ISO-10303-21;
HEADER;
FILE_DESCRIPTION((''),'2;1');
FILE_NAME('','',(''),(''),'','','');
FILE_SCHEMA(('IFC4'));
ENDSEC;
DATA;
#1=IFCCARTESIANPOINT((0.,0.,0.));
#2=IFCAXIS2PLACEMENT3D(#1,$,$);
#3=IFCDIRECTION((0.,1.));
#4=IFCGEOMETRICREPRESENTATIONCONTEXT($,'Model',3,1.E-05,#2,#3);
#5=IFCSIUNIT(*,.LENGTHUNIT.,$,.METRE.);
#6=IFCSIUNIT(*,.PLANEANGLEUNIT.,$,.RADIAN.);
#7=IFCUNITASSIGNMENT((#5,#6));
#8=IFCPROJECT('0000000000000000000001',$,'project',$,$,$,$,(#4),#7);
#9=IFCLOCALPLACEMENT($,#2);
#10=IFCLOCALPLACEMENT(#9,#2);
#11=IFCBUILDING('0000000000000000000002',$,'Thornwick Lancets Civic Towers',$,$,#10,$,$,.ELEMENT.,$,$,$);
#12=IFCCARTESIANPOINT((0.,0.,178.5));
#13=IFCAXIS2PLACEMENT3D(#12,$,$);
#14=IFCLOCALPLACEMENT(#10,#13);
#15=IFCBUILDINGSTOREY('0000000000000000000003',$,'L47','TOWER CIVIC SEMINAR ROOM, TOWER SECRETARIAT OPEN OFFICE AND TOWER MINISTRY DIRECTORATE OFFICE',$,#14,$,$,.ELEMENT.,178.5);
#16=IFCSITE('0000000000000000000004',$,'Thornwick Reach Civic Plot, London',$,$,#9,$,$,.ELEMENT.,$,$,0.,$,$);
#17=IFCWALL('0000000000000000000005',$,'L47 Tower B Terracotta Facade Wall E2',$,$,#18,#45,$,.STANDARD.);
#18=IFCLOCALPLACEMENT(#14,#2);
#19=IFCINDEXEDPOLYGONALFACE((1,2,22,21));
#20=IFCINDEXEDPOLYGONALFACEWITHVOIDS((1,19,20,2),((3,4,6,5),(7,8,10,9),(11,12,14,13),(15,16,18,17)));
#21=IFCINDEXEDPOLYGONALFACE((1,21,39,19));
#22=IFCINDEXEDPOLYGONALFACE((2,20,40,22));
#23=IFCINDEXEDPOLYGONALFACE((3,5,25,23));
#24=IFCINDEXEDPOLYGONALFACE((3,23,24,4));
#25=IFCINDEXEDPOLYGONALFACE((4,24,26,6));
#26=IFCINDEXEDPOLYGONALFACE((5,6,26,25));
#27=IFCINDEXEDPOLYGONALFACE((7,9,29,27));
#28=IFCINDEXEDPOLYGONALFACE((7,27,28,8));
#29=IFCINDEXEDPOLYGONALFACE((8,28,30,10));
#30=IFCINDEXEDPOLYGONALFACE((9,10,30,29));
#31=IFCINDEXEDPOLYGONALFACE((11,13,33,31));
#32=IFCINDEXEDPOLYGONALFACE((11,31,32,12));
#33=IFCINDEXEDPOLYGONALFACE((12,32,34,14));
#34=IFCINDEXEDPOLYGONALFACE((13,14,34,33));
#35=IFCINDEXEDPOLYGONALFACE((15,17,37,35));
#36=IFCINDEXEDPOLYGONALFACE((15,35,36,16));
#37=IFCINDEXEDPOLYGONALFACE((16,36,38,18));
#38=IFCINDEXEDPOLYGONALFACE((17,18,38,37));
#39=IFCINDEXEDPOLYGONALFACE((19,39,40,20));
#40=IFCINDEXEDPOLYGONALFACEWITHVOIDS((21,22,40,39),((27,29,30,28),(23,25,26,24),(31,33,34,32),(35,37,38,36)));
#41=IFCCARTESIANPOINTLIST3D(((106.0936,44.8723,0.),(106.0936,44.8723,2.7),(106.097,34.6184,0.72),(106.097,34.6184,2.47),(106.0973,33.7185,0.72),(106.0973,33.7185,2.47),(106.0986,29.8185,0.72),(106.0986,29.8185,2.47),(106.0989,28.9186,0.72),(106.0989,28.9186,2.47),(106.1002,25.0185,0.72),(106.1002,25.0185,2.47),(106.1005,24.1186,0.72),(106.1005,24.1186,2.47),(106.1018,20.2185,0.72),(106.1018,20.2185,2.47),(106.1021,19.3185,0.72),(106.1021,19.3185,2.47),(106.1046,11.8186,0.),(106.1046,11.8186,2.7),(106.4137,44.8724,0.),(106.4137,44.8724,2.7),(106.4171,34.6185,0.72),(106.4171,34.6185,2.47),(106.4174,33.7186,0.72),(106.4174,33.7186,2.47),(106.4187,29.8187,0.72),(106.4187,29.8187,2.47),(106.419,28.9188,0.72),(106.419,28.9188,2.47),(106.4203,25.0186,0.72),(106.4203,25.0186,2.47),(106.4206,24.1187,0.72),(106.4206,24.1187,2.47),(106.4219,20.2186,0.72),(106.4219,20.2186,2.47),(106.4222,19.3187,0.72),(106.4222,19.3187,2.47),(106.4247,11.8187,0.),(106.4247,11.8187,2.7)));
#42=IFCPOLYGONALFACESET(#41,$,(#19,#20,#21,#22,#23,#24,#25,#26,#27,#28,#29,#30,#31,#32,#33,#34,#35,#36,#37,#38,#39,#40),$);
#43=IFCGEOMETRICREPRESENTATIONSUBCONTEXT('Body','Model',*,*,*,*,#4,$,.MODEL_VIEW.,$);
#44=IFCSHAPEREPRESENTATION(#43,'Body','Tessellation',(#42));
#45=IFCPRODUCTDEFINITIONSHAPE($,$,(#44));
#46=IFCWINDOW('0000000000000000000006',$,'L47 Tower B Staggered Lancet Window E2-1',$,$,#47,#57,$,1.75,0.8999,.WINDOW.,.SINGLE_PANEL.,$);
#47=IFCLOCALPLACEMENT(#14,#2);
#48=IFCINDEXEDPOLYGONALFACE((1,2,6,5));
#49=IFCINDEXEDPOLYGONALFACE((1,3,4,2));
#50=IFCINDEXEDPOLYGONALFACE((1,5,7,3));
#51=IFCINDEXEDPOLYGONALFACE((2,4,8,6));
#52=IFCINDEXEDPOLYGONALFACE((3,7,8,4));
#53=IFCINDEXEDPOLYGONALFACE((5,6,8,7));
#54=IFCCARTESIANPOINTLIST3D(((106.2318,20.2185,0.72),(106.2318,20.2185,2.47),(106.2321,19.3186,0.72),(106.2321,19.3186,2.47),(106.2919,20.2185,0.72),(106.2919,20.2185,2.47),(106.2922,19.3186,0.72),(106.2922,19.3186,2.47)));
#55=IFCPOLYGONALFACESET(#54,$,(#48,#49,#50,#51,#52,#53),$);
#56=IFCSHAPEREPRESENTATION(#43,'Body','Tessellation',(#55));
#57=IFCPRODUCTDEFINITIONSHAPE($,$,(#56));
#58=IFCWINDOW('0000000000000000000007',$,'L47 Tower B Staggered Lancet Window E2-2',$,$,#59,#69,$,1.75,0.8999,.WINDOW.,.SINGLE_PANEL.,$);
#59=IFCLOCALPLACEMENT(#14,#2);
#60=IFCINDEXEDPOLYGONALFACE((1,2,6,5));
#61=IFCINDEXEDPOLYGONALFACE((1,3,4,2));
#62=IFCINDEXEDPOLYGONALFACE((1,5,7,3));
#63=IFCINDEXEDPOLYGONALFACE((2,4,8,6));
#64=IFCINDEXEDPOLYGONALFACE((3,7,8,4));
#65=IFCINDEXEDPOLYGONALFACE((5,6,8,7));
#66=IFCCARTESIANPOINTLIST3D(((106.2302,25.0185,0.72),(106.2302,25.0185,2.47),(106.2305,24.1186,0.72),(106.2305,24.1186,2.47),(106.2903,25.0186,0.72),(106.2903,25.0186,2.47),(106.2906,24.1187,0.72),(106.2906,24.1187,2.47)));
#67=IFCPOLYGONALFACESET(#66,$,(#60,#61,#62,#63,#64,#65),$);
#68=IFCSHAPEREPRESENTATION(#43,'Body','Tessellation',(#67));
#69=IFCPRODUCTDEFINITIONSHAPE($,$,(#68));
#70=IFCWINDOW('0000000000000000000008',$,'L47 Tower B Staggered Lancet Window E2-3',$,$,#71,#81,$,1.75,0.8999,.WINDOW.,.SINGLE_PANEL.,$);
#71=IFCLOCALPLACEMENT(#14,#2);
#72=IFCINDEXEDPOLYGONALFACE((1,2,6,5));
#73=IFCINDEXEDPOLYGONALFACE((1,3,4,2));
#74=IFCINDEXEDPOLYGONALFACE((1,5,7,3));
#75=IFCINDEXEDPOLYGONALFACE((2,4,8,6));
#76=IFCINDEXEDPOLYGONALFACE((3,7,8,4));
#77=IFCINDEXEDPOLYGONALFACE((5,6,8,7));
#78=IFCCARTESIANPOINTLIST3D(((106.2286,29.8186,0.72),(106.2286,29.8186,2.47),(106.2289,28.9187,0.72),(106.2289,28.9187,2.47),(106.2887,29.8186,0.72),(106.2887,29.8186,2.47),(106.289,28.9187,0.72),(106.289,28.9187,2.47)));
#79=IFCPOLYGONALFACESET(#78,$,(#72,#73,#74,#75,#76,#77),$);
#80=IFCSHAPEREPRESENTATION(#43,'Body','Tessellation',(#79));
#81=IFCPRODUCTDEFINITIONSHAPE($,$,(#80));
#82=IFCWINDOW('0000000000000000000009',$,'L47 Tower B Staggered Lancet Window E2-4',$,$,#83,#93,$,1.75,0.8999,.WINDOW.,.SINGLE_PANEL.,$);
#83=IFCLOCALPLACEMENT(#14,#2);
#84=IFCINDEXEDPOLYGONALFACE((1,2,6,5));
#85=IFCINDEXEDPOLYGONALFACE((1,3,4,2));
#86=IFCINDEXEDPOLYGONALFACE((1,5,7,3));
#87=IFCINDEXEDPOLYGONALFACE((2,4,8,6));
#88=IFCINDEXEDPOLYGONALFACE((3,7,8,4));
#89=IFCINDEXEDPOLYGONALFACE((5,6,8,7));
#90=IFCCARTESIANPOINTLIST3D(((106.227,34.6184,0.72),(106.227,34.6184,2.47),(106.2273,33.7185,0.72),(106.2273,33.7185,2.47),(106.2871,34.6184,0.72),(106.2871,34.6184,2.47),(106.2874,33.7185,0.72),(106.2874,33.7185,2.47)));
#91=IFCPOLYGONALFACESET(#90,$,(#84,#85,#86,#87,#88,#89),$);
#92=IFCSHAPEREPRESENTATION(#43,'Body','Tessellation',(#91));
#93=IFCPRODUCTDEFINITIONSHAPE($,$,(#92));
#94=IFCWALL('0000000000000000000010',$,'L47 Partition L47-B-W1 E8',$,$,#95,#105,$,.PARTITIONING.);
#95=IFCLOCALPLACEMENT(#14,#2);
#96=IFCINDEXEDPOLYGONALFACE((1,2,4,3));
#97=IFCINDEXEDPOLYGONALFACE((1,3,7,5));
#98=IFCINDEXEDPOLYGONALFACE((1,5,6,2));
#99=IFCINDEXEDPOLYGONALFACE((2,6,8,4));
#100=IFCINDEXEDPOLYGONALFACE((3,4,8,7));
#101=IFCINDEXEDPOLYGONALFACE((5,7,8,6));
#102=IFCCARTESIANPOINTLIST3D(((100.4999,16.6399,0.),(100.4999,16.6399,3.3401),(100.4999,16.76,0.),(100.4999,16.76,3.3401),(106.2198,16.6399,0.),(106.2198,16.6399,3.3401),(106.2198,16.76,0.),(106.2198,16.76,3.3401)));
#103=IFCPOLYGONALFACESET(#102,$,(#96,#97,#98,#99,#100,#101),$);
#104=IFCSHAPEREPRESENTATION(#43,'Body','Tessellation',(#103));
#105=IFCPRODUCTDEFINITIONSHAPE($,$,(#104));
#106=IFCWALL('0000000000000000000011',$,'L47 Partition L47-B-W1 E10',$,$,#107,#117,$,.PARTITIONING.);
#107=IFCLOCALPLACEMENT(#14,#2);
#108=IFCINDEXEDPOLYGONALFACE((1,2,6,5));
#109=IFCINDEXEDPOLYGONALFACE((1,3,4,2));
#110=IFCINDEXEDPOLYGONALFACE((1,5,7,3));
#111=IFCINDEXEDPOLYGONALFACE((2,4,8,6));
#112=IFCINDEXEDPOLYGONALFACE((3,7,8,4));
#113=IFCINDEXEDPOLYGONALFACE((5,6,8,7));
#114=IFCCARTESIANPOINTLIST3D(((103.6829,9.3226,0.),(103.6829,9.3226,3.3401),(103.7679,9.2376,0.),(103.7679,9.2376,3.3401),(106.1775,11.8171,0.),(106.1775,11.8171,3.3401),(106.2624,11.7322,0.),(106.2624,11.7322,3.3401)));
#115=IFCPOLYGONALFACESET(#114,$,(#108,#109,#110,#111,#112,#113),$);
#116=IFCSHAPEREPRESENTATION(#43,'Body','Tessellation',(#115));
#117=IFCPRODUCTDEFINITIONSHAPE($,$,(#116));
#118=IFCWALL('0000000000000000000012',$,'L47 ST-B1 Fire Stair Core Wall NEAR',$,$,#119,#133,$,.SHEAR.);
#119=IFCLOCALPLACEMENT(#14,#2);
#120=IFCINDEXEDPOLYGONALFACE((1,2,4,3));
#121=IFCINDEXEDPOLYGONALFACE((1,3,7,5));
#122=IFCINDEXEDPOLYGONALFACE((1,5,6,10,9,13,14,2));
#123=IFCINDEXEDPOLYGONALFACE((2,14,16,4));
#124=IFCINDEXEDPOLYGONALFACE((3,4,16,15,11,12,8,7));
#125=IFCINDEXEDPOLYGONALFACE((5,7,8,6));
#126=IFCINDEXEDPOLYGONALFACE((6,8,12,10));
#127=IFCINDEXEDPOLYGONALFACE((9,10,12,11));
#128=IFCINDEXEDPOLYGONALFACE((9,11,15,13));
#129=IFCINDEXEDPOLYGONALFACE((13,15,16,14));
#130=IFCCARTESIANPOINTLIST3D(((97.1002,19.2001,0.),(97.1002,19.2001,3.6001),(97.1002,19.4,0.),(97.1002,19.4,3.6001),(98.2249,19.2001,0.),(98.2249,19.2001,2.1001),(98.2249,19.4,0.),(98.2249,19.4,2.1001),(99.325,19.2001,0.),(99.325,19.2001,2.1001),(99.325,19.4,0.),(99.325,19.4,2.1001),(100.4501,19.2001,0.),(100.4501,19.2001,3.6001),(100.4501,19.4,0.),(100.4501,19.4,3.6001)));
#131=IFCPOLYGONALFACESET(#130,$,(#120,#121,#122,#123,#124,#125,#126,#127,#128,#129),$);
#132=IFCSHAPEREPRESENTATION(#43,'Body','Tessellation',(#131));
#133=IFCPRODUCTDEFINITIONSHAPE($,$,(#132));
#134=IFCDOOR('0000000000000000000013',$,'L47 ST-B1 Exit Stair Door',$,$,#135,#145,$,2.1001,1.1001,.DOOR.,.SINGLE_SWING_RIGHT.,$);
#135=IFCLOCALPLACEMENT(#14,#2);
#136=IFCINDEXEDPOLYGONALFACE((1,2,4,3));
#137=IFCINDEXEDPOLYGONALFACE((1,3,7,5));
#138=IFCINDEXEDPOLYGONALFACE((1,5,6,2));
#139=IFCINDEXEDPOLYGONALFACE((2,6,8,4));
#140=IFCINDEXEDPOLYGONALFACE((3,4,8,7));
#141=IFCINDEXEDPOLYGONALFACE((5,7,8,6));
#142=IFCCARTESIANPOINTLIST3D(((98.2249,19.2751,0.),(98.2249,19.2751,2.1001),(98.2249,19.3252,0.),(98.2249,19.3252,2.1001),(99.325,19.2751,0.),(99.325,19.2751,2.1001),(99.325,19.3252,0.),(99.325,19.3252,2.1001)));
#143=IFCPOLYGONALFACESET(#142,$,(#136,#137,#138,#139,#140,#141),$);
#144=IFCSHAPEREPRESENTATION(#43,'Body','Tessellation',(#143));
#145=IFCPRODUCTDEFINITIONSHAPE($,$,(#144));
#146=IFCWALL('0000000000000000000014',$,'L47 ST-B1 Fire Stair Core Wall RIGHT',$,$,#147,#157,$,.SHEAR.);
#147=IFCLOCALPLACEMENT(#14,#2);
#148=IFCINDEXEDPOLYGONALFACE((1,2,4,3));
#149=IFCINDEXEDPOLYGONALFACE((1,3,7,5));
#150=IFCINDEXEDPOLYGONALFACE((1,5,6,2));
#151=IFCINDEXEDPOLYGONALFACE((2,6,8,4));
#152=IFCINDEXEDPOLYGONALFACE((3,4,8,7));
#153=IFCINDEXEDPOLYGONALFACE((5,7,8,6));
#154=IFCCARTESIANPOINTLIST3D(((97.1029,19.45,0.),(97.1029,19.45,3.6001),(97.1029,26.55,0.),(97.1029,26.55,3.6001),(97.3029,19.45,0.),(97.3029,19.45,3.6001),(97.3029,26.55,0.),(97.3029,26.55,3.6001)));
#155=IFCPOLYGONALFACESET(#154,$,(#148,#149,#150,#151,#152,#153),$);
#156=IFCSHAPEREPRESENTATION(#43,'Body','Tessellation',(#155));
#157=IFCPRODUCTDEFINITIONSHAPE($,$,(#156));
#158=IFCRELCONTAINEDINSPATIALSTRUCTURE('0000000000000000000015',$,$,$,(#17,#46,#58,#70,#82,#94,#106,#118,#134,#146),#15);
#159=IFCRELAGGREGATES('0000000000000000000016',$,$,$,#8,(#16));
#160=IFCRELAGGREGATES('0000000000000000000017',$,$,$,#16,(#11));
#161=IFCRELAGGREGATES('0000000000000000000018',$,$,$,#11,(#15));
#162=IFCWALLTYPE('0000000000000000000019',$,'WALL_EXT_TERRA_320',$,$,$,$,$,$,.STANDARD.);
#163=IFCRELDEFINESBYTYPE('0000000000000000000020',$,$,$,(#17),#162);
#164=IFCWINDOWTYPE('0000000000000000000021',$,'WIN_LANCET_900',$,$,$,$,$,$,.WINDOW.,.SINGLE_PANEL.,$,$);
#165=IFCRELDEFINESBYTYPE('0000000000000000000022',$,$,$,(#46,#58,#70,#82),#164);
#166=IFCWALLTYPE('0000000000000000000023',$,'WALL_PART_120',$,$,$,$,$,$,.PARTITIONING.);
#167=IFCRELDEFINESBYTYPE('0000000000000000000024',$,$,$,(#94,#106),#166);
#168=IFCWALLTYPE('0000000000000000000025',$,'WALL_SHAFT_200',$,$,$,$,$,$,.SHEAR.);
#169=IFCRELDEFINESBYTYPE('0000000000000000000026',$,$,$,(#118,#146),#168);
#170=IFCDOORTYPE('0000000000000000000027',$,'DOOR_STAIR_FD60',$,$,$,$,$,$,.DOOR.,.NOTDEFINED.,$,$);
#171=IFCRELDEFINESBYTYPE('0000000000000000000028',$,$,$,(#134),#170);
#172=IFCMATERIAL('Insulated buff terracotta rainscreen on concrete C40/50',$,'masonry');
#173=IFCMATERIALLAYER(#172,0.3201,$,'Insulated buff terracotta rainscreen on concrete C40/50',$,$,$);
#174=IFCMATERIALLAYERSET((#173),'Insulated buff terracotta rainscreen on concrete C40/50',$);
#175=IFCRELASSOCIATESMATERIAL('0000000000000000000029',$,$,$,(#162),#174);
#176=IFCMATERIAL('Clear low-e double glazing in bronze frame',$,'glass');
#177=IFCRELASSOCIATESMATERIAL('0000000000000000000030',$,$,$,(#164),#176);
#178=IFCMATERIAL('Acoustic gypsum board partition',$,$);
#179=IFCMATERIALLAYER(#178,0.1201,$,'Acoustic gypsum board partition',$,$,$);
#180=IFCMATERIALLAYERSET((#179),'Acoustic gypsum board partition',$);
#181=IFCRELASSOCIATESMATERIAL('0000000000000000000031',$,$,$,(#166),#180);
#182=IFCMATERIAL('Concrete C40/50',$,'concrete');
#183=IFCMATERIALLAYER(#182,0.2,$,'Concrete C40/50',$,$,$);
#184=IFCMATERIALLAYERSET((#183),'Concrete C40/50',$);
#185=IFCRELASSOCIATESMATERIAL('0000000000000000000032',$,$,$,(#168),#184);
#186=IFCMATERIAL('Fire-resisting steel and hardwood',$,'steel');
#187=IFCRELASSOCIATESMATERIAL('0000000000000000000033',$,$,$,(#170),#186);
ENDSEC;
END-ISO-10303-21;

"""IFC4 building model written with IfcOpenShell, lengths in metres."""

from ifc_helpers import new_model, si_unit, direction, frame, frame_2d, origin, place, context, subcontext, project, spatial, rectangle, extrude, material, layer, layer_set, type_object, element, fill, save


model = new_model("IFC4")

# Units and contexts
model_context = context("Model", 3, precision=1e-05, world=origin(), true_north=direction((0.0, 1.0)))
body_context = subcontext(model_context, "Body", "Model", "MODEL_VIEW")
ifc_project = project(units=[si_unit("LENGTHUNIT", "METRE"), si_unit("PLANEANGLEUNIT", "RADIAN")], contexts=[model_context])

# Site, building, storey
site_placement = place(None, origin())
site = spatial("IfcSite", under=ifc_project, at=site_placement, Name="Thornwick Reach Civic Plot, London", CompositionType="ELEMENT", RefElevation=0.0)
building_placement = place(site_placement, origin())
building = spatial("IfcBuilding", under=site, at=building_placement, Name="Thornwick Lancets Civic Towers", CompositionType="ELEMENT")
storey_placement = place(building_placement, frame((0.0, 0.0, 178.5)))
storey = spatial("IfcBuildingStorey", under=building, at=storey_placement, Name="L47", Description="TOWER CIVIC SEMINAR ROOM, TOWER SECRETARIAT OPEN OFFICE AND TOWER MINISTRY DIRECTORATE OFFICE", CompositionType="ELEMENT", Elevation=178.5)

# Shared definitions
ifc_material_1 = material(Name="Concrete C40/50", Category="concrete")

# Wall, openings, windows
ifc_material_2 = material(Name="Insulated buff terracotta rainscreen on concrete C40/50", Category="masonry")
ifc_layer_1 = layer(ifc_material_2, 0.3201, Name="Insulated buff terracotta rainscreen on concrete C40/50")
ifc_layer_set_1 = layer_set([ifc_layer_1], Name="Insulated buff terracotta rainscreen on concrete C40/50")
wall_type_1 = type_object("IfcWallType", Name="WALL_EXT_TERRA_320", PredefinedType="STANDARD", material=ifc_layer_set_1)
wall_1_placement = place(storey_placement, frame((106.2646, 11.8186, 0.0), z_axis=(0.0, 0.0, 1.0), x_axis=(-0.000332, 1.0, 0.0)))
wall_1 = element("IfcWall", 1, at=wall_1_placement, inside=storey, type_object=wall_type_1, Name="L47 Tower B Terracotta Facade Wall E2", PredefinedType="STANDARD", context=body_context, shape_type="SweptSolid", body=[
    extrude(rectangle(XDim=33.0537, YDim=0.3201, at=frame_2d((16.5269, 0.0))), origin(), (0.0, 0.0, 1.0), 2.7),
])
opening_1_placement = place(wall_1_placement, frame((7.5, 0.0, 0.72)))
opening_1 = element("IfcOpeningElement", 2, at=opening_1_placement, cuts=wall_1, PredefinedType="OPENING", context=body_context, shape_type="SweptSolid", body=[
    extrude(rectangle(XDim=0.8999, YDim=1.75, at=frame_2d((0.45, 0.875))), frame((0.0, 0.1699, 0.0), z_axis=(0.0, -1.0, 0.0), x_axis=(1.0, 0.0, 0.0)), (0.0, 0.0, 1.0), 0.3401),
])
opening_2_placement = place(wall_1_placement, frame((12.3, 0.0, 0.72)))
opening_2 = element("IfcOpeningElement", 3, at=opening_2_placement, cuts=wall_1, PredefinedType="OPENING", context=body_context, shape_type="SweptSolid", body=[
    extrude(rectangle(XDim=0.8999, YDim=1.75, at=frame_2d((0.45, 0.875))), frame((0.0, 0.1699, 0.0), z_axis=(0.0, -1.0, 0.0), x_axis=(1.0, 0.0, 0.0)), (0.0, 0.0, 1.0), 0.3401),
])
opening_3_placement = place(wall_1_placement, frame((17.1001, 0.0, 0.72)))
opening_3 = element("IfcOpeningElement", 4, at=opening_3_placement, cuts=wall_1, PredefinedType="OPENING", context=body_context, shape_type="SweptSolid", body=[
    extrude(rectangle(XDim=0.8999, YDim=1.75, at=frame_2d((0.45, 0.875))), frame((0.0, 0.1699, 0.0), z_axis=(0.0, -1.0, 0.0), x_axis=(1.0, 0.0, 0.0)), (0.0, 0.0, 1.0), 0.3401),
])
opening_4_placement = place(wall_1_placement, frame((21.8999, 0.0, 0.72)))
opening_4 = element("IfcOpeningElement", 5, at=opening_4_placement, cuts=wall_1, PredefinedType="OPENING", context=body_context, shape_type="SweptSolid", body=[
    extrude(rectangle(XDim=0.8999, YDim=1.75, at=frame_2d((0.45, 0.875))), frame((0.0, 0.1699, 0.0), z_axis=(0.0, -1.0, 0.0), x_axis=(1.0, 0.0, 0.0)), (0.0, 0.0, 1.0), 0.3401),
])
ifc_material_3 = material(Name="Clear low-e double glazing in bronze frame", Category="glass")
window_type = type_object("IfcWindowType", Name="WIN_LANCET_900", PartitioningType="SINGLE_PANEL", PredefinedType="WINDOW", material=ifc_material_3)
window_1_placement = place(opening_1_placement, origin())
window_1 = element("IfcWindow", 6, at=window_1_placement, inside=storey, type_object=window_type, Name="L47 Tower B Staggered Lancet Window E2-1", OverallHeight=1.75, OverallWidth=0.8999, PartitioningType="SINGLE_PANEL", PredefinedType="WINDOW", context=body_context, shape_type="SweptSolid", body=[
    extrude(rectangle(XDim=0.8999, YDim=1.75, at=frame_2d((0.45, 0.875))), frame((0.0, 0.03, 0.0), z_axis=(0.0, -1.0, 0.0), x_axis=(1.0, 0.0, 0.0)), (0.0, 0.0, 1.0), 0.0601),
])
fill(opening_1, window_1)
window_2_placement = place(opening_2_placement, origin())
window_2 = element("IfcWindow", 7, at=window_2_placement, inside=storey, type_object=window_type, Name="L47 Tower B Staggered Lancet Window E2-2", OverallHeight=1.75, OverallWidth=0.8999, PartitioningType="SINGLE_PANEL", PredefinedType="WINDOW", context=body_context, shape_type="SweptSolid", body=[
    extrude(rectangle(XDim=0.8999, YDim=1.75, at=frame_2d((0.45, 0.875))), frame((0.0, 0.03, 0.0), z_axis=(0.0, -1.0, 0.0), x_axis=(1.0, 0.0, 0.0)), (0.0, 0.0, 1.0), 0.0601),
])
fill(opening_2, window_2)
window_3_placement = place(opening_3_placement, origin())
window_3 = element("IfcWindow", 8, at=window_3_placement, inside=storey, type_object=window_type, Name="L47 Tower B Staggered Lancet Window E2-3", OverallHeight=1.75, OverallWidth=0.8999, PartitioningType="SINGLE_PANEL", PredefinedType="WINDOW", context=body_context, shape_type="SweptSolid", body=[
    extrude(rectangle(XDim=0.8999, YDim=1.75, at=frame_2d((0.45, 0.875))), frame((0.0, 0.03, 0.0), z_axis=(0.0, -1.0, 0.0), x_axis=(1.0, 0.0, 0.0)), (0.0, 0.0, 1.0), 0.0601),
])
fill(opening_3, window_3)
window_4_placement = place(opening_4_placement, origin())
window_4 = element("IfcWindow", 9, at=window_4_placement, inside=storey, type_object=window_type, Name="L47 Tower B Staggered Lancet Window E2-4", OverallHeight=1.75, OverallWidth=0.8999, PartitioningType="SINGLE_PANEL", PredefinedType="WINDOW", context=body_context, shape_type="SweptSolid", body=[
    extrude(rectangle(XDim=0.8999, YDim=1.75, at=frame_2d((0.45, 0.875))), frame((0.0, 0.03, 0.0), z_axis=(0.0, -1.0, 0.0), x_axis=(1.0, 0.0, 0.0)), (0.0, 0.0, 1.0), 0.0601),
])
fill(opening_4, window_4)

# Walls
ifc_material_4 = material(Name="Acoustic gypsum board partition")
ifc_layer_2 = layer(ifc_material_4, 0.1201, Name="Acoustic gypsum board partition")
ifc_layer_set_2 = layer_set([ifc_layer_2], Name="Acoustic gypsum board partition")
wall_type_2 = type_object("IfcWallType", Name="WALL_PART_120", PredefinedType="PARTITIONING", material=ifc_layer_set_2)
wall_2_placement = place(storey_placement, frame((100.5, 16.7, 0.0), z_axis=(0.0, 0.0, 1.0), x_axis=(1.0, 0.0, 0.0)))
element("IfcWall", 10, at=wall_2_placement, inside=storey, type_object=wall_type_2, Name="L47 Partition L47-B-W1 E8", PredefinedType="PARTITIONING", context=body_context, shape_type="SweptSolid", body=[
    extrude(rectangle(XDim=5.72, YDim=0.1201, at=frame_2d((2.8599, 0.0))), origin(), (0.0, 0.0, 1.0), 3.3401),
])
wall_3_placement = place(storey_placement, frame((106.22, 11.7747, 0.0), z_axis=(0.0, 0.0, 1.0), x_axis=(-0.707107, -0.707107, 0.0)))
element("IfcWall", 11, at=wall_3_placement, inside=storey, type_object=wall_type_2, Name="L47 Partition L47-B-W1 E10", PredefinedType="PARTITIONING", context=body_context, shape_type="SweptSolid", body=[
    extrude(rectangle(XDim=3.5278, YDim=0.1201, at=frame_2d((1.7639, 0.0))), origin(), (0.0, 0.0, 1.0), 3.3401),
])

# Wall, opening, door
ifc_layer_3 = layer(ifc_material_1, 0.2, Name="Concrete C40/50")
ifc_layer_set_3 = layer_set([ifc_layer_3], Name="Concrete C40/50")
wall_type_3 = type_object("IfcWallType", Name="WALL_SHAFT_200", PredefinedType="SHEAR", material=ifc_layer_set_3)
wall_4_placement = place(storey_placement, frame((100.45, 19.3, 0.0), z_axis=(0.0, 0.0, 1.0), x_axis=(-1.0, 0.0, 0.0)))
wall_4 = element("IfcWall", 12, at=wall_4_placement, inside=storey, type_object=wall_type_3, Name="L47 ST-B1 Fire Stair Core Wall NEAR", PredefinedType="SHEAR", context=body_context, shape_type="SweptSolid", body=[
    extrude(rectangle(XDim=3.3499, YDim=0.2, at=frame_2d((1.6748, 0.0))), origin(), (0.0, 0.0, 1.0), 3.6001),
])
opening_5_placement = place(wall_4_placement, frame((1.125, 0.0, 0.0)))
opening_5 = element("IfcOpeningElement", 13, at=opening_5_placement, cuts=wall_4, PredefinedType="OPENING", context=body_context, shape_type="SweptSolid", body=[
    extrude(rectangle(XDim=1.1001, YDim=2.1001, at=frame_2d((0.55, 1.05))), frame((0.0, 0.1099, 0.0), z_axis=(0.0, -1.0, 0.0), x_axis=(1.0, 0.0, 0.0)), (0.0, 0.0, 1.0), 0.22),
])
ifc_material_5 = material(Name="Fire-resisting steel and hardwood", Category="steel")
door_type = type_object("IfcDoorType", Name="DOOR_STAIR_FD60", OperationType="NOTDEFINED", PredefinedType="DOOR", material=ifc_material_5)
door_placement = place(opening_5_placement, origin())
door = element("IfcDoor", 14, at=door_placement, inside=storey, type_object=door_type, Name="L47 ST-B1 Exit Stair Door", OperationType="SINGLE_SWING_RIGHT", OverallHeight=2.1001, OverallWidth=1.1001, PredefinedType="DOOR", context=body_context, shape_type="SweptSolid", body=[
    extrude(rectangle(XDim=1.1001, YDim=2.1001, at=frame_2d((0.55, 1.05))), frame((0.0, 0.0249, 0.0), z_axis=(0.0, -1.0, 0.0), x_axis=(1.0, 0.0, 0.0)), (0.0, 0.0, 1.0), 0.05),
])
fill(opening_5, door)

# Wall
wall_5_placement = place(storey_placement, frame((97.2029, 26.55, 0.0), z_axis=(0.0, 0.0, 1.0), x_axis=(0.0, -1.0, 0.0)))
element("IfcWall", 15, at=wall_5_placement, inside=storey, type_object=wall_type_3, Name="L47 ST-B1 Fire Stair Core Wall RIGHT", PredefinedType="SHEAR", context=body_context, shape_type="SweptSolid", body=[
    extrude(rectangle(XDim=7.1001, YDim=0.2, at=frame_2d((3.55, 0.0))), origin(), (0.0, 0.0, 1.0), 3.6001),
])

save(model, "model.ifc")
